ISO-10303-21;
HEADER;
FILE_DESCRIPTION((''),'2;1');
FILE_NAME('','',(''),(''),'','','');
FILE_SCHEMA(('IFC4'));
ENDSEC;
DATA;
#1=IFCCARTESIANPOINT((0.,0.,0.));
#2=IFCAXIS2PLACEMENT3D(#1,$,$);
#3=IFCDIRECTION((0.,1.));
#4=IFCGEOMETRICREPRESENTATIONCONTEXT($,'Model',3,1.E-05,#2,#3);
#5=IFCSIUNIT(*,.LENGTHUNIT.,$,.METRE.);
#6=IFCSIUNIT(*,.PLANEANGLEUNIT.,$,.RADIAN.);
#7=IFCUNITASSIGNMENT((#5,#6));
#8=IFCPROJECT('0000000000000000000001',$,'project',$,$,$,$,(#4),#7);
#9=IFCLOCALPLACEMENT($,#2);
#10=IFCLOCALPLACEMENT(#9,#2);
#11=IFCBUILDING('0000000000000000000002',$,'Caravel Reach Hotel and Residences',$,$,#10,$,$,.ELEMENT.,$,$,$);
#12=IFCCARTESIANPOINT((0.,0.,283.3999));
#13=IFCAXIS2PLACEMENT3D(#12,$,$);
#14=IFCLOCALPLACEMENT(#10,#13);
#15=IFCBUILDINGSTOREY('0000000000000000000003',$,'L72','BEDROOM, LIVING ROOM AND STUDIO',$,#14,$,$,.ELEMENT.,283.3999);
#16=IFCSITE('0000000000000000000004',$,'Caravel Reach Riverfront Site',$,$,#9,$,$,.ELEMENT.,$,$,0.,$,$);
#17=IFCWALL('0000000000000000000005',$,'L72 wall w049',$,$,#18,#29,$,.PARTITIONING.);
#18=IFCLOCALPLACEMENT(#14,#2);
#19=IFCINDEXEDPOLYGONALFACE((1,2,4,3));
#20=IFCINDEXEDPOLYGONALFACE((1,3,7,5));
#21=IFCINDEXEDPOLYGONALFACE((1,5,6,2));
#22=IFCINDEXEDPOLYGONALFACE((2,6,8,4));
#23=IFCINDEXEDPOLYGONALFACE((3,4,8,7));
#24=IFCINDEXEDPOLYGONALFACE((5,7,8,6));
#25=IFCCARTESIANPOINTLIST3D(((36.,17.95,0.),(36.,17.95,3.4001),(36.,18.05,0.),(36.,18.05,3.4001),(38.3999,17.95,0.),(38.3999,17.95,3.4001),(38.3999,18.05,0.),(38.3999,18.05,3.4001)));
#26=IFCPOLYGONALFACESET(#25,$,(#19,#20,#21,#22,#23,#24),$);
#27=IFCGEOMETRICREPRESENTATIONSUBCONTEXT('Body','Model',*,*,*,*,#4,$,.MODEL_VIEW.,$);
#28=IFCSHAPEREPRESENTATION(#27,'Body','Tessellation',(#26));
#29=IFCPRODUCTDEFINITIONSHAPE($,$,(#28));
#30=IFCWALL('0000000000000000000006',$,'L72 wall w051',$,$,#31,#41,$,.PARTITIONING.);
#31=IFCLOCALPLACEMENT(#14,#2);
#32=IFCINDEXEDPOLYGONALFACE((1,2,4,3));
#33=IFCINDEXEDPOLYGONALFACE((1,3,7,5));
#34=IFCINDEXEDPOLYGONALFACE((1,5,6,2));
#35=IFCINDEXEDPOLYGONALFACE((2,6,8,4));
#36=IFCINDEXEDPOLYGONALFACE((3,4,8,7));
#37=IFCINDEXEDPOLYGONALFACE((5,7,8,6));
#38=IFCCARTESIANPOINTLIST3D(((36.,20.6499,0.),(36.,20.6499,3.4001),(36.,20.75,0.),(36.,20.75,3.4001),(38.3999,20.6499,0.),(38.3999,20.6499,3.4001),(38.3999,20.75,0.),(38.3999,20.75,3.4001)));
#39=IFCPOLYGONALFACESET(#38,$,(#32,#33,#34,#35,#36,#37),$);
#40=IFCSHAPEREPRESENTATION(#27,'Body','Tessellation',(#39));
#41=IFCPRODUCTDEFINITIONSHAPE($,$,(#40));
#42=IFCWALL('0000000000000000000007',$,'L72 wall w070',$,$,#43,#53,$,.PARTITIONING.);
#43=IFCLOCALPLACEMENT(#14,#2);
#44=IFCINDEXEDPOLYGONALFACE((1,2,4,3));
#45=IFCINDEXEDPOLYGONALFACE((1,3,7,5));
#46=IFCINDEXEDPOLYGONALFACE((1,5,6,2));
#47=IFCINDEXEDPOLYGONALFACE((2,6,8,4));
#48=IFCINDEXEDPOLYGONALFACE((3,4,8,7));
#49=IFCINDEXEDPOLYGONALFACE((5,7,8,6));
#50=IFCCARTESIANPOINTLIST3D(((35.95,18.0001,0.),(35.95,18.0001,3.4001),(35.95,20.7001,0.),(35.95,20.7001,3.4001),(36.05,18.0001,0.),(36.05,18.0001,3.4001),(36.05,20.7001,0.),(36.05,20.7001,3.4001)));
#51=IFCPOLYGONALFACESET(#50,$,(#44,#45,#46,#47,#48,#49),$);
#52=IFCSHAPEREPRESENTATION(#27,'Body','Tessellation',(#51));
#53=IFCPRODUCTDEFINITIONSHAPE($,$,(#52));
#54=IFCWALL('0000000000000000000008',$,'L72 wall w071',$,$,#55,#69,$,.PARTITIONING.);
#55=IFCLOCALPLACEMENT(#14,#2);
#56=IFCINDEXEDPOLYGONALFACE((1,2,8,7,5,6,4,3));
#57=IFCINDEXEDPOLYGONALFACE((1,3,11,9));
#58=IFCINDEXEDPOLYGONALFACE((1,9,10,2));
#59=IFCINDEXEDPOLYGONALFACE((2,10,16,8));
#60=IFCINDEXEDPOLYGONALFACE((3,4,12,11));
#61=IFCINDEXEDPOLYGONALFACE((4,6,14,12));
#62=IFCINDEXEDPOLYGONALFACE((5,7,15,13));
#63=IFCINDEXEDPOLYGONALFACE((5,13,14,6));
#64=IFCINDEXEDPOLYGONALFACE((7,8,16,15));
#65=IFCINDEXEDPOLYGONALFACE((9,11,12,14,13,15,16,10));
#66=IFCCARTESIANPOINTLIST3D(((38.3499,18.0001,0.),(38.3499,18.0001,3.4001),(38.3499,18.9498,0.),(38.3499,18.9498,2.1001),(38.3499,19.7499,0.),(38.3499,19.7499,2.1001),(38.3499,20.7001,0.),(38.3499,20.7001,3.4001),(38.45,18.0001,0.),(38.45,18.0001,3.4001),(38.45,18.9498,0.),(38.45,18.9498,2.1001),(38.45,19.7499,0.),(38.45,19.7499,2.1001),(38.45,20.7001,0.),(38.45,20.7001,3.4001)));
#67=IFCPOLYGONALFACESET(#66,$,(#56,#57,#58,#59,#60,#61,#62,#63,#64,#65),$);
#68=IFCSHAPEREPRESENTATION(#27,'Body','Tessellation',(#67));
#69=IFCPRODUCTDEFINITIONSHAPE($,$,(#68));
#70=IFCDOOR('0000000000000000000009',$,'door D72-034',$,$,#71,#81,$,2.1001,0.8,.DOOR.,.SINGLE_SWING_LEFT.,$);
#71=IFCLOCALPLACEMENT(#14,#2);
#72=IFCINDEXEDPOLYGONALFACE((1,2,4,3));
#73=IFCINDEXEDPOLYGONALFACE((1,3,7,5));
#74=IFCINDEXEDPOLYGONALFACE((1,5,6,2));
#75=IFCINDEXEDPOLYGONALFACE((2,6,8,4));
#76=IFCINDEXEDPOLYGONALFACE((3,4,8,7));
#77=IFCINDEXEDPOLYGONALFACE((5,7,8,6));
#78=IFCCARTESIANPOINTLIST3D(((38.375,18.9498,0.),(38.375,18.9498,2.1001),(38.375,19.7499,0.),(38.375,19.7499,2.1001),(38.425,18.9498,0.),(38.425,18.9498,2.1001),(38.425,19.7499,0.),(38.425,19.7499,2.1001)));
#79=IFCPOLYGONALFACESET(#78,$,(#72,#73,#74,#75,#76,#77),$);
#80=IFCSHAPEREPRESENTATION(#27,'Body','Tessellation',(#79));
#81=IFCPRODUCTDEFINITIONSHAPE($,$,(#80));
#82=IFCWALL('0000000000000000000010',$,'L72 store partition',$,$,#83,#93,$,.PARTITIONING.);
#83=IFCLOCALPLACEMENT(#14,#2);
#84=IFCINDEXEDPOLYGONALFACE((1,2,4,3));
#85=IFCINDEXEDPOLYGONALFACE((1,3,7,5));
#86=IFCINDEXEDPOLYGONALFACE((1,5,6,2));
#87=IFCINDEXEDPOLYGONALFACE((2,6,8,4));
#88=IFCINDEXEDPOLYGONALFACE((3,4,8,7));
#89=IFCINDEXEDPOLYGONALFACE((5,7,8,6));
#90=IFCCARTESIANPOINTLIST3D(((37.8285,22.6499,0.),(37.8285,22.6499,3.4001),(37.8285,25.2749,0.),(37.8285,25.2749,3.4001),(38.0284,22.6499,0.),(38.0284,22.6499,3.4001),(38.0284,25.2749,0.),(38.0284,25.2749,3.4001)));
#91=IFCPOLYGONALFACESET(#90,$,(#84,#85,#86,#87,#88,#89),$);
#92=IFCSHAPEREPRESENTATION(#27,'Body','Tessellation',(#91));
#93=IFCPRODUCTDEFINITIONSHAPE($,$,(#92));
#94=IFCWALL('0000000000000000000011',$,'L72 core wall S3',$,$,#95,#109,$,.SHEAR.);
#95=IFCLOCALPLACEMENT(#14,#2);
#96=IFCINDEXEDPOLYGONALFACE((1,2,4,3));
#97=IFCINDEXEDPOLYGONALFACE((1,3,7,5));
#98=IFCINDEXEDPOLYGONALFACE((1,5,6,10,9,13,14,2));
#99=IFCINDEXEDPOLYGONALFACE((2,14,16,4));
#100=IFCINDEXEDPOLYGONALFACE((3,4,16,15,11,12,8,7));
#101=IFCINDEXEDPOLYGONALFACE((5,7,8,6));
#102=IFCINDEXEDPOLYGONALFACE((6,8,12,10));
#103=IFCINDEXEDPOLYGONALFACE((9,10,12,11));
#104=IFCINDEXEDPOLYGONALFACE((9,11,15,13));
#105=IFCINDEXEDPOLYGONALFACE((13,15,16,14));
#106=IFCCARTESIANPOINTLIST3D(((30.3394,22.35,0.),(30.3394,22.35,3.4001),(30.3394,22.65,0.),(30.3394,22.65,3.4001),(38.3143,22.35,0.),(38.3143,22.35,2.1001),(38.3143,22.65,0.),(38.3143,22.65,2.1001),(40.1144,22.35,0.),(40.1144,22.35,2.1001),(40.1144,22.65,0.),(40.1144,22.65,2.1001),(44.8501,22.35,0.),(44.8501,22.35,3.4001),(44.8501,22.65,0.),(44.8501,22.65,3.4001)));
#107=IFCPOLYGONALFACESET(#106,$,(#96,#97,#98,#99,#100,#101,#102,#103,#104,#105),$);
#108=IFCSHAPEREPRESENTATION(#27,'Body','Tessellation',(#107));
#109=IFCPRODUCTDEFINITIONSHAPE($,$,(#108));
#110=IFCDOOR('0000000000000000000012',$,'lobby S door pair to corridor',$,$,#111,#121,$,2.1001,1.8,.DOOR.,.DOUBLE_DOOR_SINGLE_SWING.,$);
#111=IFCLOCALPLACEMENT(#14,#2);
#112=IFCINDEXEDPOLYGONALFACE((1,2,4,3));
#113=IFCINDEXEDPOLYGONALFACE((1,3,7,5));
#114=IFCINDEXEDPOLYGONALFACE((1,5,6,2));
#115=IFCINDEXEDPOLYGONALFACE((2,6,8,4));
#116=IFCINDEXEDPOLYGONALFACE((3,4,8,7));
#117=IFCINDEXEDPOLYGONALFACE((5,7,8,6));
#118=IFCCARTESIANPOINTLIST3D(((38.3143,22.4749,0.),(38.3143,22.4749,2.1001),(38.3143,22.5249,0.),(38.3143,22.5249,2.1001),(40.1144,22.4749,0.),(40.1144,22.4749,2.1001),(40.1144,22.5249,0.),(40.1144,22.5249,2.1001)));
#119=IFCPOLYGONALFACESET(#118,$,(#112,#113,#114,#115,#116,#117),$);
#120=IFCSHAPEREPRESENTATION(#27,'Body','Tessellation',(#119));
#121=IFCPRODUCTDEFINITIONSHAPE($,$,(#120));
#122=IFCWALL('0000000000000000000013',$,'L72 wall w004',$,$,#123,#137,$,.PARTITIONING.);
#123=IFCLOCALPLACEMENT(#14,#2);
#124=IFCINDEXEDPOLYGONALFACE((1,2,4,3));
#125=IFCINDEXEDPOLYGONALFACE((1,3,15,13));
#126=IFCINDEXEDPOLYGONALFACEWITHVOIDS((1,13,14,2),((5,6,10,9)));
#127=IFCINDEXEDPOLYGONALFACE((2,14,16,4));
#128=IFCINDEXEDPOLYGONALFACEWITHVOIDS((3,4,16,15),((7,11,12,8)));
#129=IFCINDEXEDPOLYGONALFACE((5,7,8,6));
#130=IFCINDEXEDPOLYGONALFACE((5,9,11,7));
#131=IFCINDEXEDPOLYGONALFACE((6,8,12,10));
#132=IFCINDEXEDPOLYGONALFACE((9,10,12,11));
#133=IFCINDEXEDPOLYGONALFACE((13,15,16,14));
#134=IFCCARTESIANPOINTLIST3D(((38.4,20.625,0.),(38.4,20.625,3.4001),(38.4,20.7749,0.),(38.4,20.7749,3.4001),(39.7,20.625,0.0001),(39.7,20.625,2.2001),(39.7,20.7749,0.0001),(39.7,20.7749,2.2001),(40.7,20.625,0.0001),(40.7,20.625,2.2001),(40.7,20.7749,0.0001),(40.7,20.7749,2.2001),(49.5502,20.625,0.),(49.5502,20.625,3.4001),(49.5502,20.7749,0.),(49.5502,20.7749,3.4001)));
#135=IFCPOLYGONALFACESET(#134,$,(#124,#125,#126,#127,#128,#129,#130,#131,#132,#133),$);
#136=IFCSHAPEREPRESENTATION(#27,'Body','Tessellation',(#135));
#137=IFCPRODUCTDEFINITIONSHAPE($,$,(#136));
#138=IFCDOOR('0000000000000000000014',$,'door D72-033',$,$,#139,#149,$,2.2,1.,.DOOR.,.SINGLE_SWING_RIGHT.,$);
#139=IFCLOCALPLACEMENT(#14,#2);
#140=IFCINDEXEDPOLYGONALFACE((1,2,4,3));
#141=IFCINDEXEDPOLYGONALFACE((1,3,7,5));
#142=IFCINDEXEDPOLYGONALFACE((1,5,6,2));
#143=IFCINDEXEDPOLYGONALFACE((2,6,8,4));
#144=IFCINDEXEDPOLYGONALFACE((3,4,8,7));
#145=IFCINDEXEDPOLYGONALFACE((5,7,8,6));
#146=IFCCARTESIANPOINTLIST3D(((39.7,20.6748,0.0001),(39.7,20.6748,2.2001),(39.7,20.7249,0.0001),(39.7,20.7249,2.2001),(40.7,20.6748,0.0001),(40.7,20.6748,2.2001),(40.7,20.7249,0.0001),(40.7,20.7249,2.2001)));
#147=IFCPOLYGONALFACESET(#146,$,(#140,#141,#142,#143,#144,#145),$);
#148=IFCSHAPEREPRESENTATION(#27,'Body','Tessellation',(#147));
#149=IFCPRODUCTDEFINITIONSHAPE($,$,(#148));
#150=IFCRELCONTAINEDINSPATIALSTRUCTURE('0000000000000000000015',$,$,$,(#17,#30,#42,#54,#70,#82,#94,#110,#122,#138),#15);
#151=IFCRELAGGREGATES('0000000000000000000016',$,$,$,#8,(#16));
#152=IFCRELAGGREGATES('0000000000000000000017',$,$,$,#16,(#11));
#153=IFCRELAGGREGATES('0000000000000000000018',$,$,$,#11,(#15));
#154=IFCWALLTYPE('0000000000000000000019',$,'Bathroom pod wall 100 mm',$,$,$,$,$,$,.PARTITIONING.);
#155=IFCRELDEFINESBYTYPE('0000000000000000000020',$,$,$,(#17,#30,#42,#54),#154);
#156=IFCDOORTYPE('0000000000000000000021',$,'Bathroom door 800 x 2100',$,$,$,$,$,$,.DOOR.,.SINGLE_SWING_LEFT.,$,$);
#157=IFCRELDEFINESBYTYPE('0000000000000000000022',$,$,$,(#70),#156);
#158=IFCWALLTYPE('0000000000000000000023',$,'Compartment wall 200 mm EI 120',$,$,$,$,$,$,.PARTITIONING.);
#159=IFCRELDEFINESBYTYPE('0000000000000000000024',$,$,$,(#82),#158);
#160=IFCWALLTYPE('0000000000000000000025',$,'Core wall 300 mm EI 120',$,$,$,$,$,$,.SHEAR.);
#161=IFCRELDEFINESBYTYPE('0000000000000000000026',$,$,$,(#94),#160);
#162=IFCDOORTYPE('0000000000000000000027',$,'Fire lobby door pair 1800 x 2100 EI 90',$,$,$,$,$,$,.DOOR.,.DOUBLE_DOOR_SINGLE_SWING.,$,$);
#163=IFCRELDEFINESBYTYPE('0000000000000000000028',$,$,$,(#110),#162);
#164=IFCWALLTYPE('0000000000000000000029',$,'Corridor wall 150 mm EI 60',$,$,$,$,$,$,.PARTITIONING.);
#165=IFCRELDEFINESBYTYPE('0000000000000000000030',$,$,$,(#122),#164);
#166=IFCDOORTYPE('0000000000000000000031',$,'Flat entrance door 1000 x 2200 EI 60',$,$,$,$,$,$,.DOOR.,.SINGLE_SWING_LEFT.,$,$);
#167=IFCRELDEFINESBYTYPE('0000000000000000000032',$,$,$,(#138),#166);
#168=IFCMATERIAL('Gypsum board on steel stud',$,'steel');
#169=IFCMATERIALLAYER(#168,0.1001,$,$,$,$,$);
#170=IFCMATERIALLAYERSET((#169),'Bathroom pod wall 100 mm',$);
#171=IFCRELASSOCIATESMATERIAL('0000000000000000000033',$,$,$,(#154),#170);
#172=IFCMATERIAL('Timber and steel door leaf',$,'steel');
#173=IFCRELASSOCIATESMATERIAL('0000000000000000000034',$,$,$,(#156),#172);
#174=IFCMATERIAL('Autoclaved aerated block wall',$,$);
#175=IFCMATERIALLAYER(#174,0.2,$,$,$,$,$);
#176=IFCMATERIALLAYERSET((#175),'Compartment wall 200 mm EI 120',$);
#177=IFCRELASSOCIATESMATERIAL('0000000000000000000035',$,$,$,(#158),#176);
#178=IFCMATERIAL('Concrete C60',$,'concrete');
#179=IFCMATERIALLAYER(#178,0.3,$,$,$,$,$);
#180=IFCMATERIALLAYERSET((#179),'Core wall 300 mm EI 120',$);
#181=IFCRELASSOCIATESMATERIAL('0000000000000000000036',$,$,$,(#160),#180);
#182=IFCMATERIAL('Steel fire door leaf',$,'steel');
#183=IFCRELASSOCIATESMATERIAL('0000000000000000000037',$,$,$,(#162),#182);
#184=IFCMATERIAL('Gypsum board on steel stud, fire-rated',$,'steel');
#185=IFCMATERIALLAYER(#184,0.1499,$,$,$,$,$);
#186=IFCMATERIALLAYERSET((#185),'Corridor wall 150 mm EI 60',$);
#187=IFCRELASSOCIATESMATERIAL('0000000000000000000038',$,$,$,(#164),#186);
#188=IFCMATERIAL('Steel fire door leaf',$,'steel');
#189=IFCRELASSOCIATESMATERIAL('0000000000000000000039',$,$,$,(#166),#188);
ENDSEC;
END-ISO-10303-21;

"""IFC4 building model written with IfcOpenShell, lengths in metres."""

from ifc_helpers import new_model, si_unit, direction, frame, frame_2d, origin, place, context, subcontext, project, spatial, rectangle, extrude, material, layer, layer_set, type_object, element, fill, save


model = new_model("IFC4")

# Units and contexts
model_context = context("Model", 3, precision=1e-05, world=origin(), true_north=direction((0.0, 1.0)))
body_context = subcontext(model_context, "Body", "Model", "MODEL_VIEW")
ifc_project = project(units=[si_unit("LENGTHUNIT", "METRE"), si_unit("PLANEANGLEUNIT", "RADIAN")], contexts=[model_context])

# Site, building, storey
site_placement = place(None, origin())
site = spatial("IfcSite", under=ifc_project, at=site_placement, Name="Caravel Reach Riverfront Site", CompositionType="ELEMENT", RefElevation=0.0)
building_placement = place(site_placement, origin())
building = spatial("IfcBuilding", under=site, at=building_placement, Name="Caravel Reach Hotel and Residences", CompositionType="ELEMENT")
storey_placement = place(building_placement, frame((0.0, 0.0, 283.3999)))
storey = spatial("IfcBuildingStorey", under=building, at=storey_placement, Name="L72", Description="BEDROOM, LIVING ROOM AND STUDIO", CompositionType="ELEMENT", Elevation=283.3999)

# Walls
ifc_material_1 = material(Name="Gypsum board on steel stud", Category="steel")
ifc_layer_1 = layer(ifc_material_1, 0.1001)
ifc_layer_set_1 = layer_set([ifc_layer_1], Name="Bathroom pod wall 100 mm")
wall_type_1 = type_object("IfcWallType", Name="Bathroom pod wall 100 mm", PredefinedType="PARTITIONING", material=ifc_layer_set_1)
for number, where, z_axis, x_axis, name in (
    (1, (36.0, 18.0, 0.0), (0.0, 0.0, 1.0), (1.0, 0.0, 0.0), "L72 wall w049"),
    (2, (36.0, 20.7, 0.0), (0.0, 0.0, 1.0), (1.0, 0.0, 0.0), "L72 wall w051"),
):
    element("IfcWall", number, at=place(storey_placement, frame(where, z_axis=z_axis, x_axis=x_axis)), inside=storey, type_object=wall_type_1, Name=name, PredefinedType="PARTITIONING", context=body_context, shape_type="SweptSolid", body=[
        extrude(rectangle(XDim=2.3999, YDim=0.1001, at=frame_2d((1.2, 0.0))), origin(), (0.0, 0.0, 1.0), 3.4001),
    ])
wall_1_placement = place(storey_placement, frame((36.0, 18.0, 0.0), z_axis=(0.0, 0.0, 1.0), x_axis=(0.0, 1.0, 0.0)))
element("IfcWall", 3, at=wall_1_placement, inside=storey, type_object=wall_type_1, Name="L72 wall w070", PredefinedType="PARTITIONING", context=body_context, shape_type="SweptSolid", body=[
    extrude(rectangle(XDim=2.7, YDim=0.1001, at=frame_2d((1.3501, 0.0))), origin(), (0.0, 0.0, 1.0), 3.4001),
])

# Wall, opening, door
wall_2_placement = place(storey_placement, frame((38.3999, 18.0, 0.0), z_axis=(0.0, 0.0, 1.0), x_axis=(0.0, 1.0, 0.0)))
wall_2 = element("IfcWall", 4, at=wall_2_placement, inside=storey, type_object=wall_type_1, Name="L72 wall w071", PredefinedType="PARTITIONING", context=body_context, shape_type="SweptSolid", body=[
    extrude(rectangle(XDim=2.7, YDim=0.1001, at=frame_2d((1.3501, 0.0))), origin(), (0.0, 0.0, 1.0), 3.4001),
])
opening_1_placement = place(wall_2_placement, frame((0.95, 0.0, 0.0)))
opening_1 = element("IfcOpeningElement", 5, at=opening_1_placement, cuts=wall_2, PredefinedType="OPENING", context=body_context, shape_type="SweptSolid", body=[
    extrude(rectangle(XDim=0.8, YDim=2.1001, at=frame_2d((0.3999, 1.05))), frame((0.0, 0.0601, 0.0), z_axis=(0.0, -1.0, 0.0), x_axis=(1.0, 0.0, 0.0)), (0.0, 0.0, 1.0), 0.1201),
])
ifc_material_2 = material(Name="Timber and steel door leaf", Category="steel")
door_type_1 = type_object("IfcDoorType", Name="Bathroom door 800 x 2100", OperationType="SINGLE_SWING_LEFT", PredefinedType="DOOR", material=ifc_material_2)
door_1_placement = place(opening_1_placement, origin())
door_1 = element("IfcDoor", 6, at=door_1_placement, inside=storey, type_object=door_type_1, Name="door D72-034", OperationType="SINGLE_SWING_LEFT", OverallHeight=2.1001, OverallWidth=0.8, PredefinedType="DOOR", context=body_context, shape_type="SweptSolid", body=[
    extrude(rectangle(XDim=0.8, YDim=2.1001, at=frame_2d((0.3999, 1.05))), frame((0.0, 0.0249, 0.0), z_axis=(0.0, -1.0, 0.0), x_axis=(1.0, 0.0, 0.0)), (0.0, 0.0, 1.0), 0.05),
])
fill(opening_1, door_1)

# Wall
ifc_material_3 = material(Name="Autoclaved aerated block wall")
ifc_layer_2 = layer(ifc_material_3, 0.2)
ifc_layer_set_2 = layer_set([ifc_layer_2], Name="Compartment wall 200 mm EI 120")
wall_type_2 = type_object("IfcWallType", Name="Compartment wall 200 mm EI 120", PredefinedType="PARTITIONING", material=ifc_layer_set_2)
wall_3_placement = place(storey_placement, frame((37.9285, 22.6499, 0.0), z_axis=(0.0, 0.0, 1.0), x_axis=(0.0, 1.0, 0.0)))
element("IfcWall", 7, at=wall_3_placement, inside=storey, type_object=wall_type_2, Name="L72 store partition", PredefinedType="PARTITIONING", context=body_context, shape_type="SweptSolid", body=[
    extrude(rectangle(XDim=2.625, YDim=0.2, at=frame_2d((1.3125, 0.0))), origin(), (0.0, 0.0, 1.0), 3.4001),
])

# Walls, openings, doors
ifc_material_4 = material(Name="Concrete C60", Category="concrete")
ifc_layer_3 = layer(ifc_material_4, 0.3)
ifc_layer_set_3 = layer_set([ifc_layer_3], Name="Core wall 300 mm EI 120")
wall_type_3 = type_object("IfcWallType", Name="Core wall 300 mm EI 120", PredefinedType="SHEAR", material=ifc_layer_set_3)
wall_4_placement = place(storey_placement, frame((30.3394, 22.5, 0.0), z_axis=(0.0, 0.0, 1.0), x_axis=(1.0, 0.0, 0.0)))
wall_4 = element("IfcWall", 8, at=wall_4_placement, inside=storey, type_object=wall_type_3, Name="L72 core wall S3", PredefinedType="SHEAR", context=body_context, shape_type="SweptSolid", body=[
    extrude(rectangle(XDim=14.5107, YDim=0.3, at=frame_2d((7.2554, 0.0))), origin(), (0.0, 0.0, 1.0), 3.4001),
])
opening_2_placement = place(wall_4_placement, frame((7.9751, 0.0, 0.0)))
opening_2 = element("IfcOpeningElement", 9, at=opening_2_placement, cuts=wall_4, PredefinedType="OPENING", context=body_context, shape_type="SweptSolid", body=[
    extrude(rectangle(XDim=1.8, YDim=2.1001, at=frame_2d((0.8999, 1.05))), frame((0.0, 0.1599, 0.0), z_axis=(0.0, -1.0, 0.0), x_axis=(1.0, 0.0, 0.0)), (0.0, 0.0, 1.0), 0.3201),
])
ifc_material_5 = material(Name="Steel fire door leaf", Category="steel")
door_type_2 = type_object("IfcDoorType", Name="Fire lobby door pair 1800 x 2100 EI 90", OperationType="DOUBLE_DOOR_SINGLE_SWING", PredefinedType="DOOR", material=ifc_material_5)
door_2_placement = place(opening_2_placement, origin())
door_2 = element("IfcDoor", 10, at=door_2_placement, inside=storey, type_object=door_type_2, Name="lobby S door pair to corridor", OperationType="DOUBLE_DOOR_SINGLE_SWING", OverallHeight=2.1001, OverallWidth=1.8, PredefinedType="DOOR", context=body_context, shape_type="SweptSolid", body=[
    extrude(rectangle(XDim=1.8, YDim=2.1001, at=frame_2d((0.8999, 1.05))), frame((0.0, 0.0249, 0.0), z_axis=(0.0, -1.0, 0.0), x_axis=(1.0, 0.0, 0.0)), (0.0, 0.0, 1.0), 0.05),
])
fill(opening_2, door_2)
ifc_material_6 = material(Name="Gypsum board on steel stud, fire-rated", Category="steel")
ifc_layer_4 = layer(ifc_material_6, 0.1499)
ifc_layer_set_4 = layer_set([ifc_layer_4], Name="Corridor wall 150 mm EI 60")
wall_type_4 = type_object("IfcWallType", Name="Corridor wall 150 mm EI 60", PredefinedType="PARTITIONING", material=ifc_layer_set_4)
wall_5_placement = place(storey_placement, frame((38.3999, 20.7, 0.0), z_axis=(0.0, 0.0, 1.0), x_axis=(1.0, 0.0, 0.0)))
wall_5 = element("IfcWall", 11, at=wall_5_placement, inside=storey, type_object=wall_type_4, Name="L72 wall w004", PredefinedType="PARTITIONING", context=body_context, shape_type="SweptSolid", body=[
    extrude(rectangle(XDim=11.1501, YDim=0.1499, at=frame_2d((5.5752, 0.0))), origin(), (0.0, 0.0, 1.0), 3.4001),
])
opening_3_placement = place(wall_5_placement, frame((1.3, 0.0, 0.0)))
opening_3 = element("IfcOpeningElement", 12, at=opening_3_placement, cuts=wall_5, PredefinedType="OPENING", context=body_context, shape_type="SweptSolid", body=[
    extrude(rectangle(XDim=1.0, YDim=2.2, at=frame_2d((0.5, 1.1001))), frame((0.0, 0.085, 0.0), z_axis=(0.0, -1.0, 0.0), x_axis=(1.0, 0.0, 0.0)), (0.0, 0.0, 1.0), 0.1699),
])
ifc_material_7 = material(Name="Steel fire door leaf", Category="steel")
door_type_3 = type_object("IfcDoorType", Name="Flat entrance door 1000 x 2200 EI 60", OperationType="SINGLE_SWING_LEFT", PredefinedType="DOOR", material=ifc_material_7)
door_3_placement = place(opening_3_placement, origin())
door_3 = element("IfcDoor", 13, at=door_3_placement, inside=storey, type_object=door_type_3, Name="door D72-033", OperationType="SINGLE_SWING_RIGHT", OverallHeight=2.2, OverallWidth=1.0, PredefinedType="DOOR", context=body_context, shape_type="SweptSolid", body=[
    extrude(rectangle(XDim=1.0, YDim=2.2, at=frame_2d((0.5, 1.1001))), frame((0.0, 0.0249, 0.0), z_axis=(0.0, -1.0, 0.0), x_axis=(1.0, 0.0, 0.0)), (0.0, 0.0, 1.0), 0.05),
])
fill(opening_3, door_3)

save(model, "model.ifc")
